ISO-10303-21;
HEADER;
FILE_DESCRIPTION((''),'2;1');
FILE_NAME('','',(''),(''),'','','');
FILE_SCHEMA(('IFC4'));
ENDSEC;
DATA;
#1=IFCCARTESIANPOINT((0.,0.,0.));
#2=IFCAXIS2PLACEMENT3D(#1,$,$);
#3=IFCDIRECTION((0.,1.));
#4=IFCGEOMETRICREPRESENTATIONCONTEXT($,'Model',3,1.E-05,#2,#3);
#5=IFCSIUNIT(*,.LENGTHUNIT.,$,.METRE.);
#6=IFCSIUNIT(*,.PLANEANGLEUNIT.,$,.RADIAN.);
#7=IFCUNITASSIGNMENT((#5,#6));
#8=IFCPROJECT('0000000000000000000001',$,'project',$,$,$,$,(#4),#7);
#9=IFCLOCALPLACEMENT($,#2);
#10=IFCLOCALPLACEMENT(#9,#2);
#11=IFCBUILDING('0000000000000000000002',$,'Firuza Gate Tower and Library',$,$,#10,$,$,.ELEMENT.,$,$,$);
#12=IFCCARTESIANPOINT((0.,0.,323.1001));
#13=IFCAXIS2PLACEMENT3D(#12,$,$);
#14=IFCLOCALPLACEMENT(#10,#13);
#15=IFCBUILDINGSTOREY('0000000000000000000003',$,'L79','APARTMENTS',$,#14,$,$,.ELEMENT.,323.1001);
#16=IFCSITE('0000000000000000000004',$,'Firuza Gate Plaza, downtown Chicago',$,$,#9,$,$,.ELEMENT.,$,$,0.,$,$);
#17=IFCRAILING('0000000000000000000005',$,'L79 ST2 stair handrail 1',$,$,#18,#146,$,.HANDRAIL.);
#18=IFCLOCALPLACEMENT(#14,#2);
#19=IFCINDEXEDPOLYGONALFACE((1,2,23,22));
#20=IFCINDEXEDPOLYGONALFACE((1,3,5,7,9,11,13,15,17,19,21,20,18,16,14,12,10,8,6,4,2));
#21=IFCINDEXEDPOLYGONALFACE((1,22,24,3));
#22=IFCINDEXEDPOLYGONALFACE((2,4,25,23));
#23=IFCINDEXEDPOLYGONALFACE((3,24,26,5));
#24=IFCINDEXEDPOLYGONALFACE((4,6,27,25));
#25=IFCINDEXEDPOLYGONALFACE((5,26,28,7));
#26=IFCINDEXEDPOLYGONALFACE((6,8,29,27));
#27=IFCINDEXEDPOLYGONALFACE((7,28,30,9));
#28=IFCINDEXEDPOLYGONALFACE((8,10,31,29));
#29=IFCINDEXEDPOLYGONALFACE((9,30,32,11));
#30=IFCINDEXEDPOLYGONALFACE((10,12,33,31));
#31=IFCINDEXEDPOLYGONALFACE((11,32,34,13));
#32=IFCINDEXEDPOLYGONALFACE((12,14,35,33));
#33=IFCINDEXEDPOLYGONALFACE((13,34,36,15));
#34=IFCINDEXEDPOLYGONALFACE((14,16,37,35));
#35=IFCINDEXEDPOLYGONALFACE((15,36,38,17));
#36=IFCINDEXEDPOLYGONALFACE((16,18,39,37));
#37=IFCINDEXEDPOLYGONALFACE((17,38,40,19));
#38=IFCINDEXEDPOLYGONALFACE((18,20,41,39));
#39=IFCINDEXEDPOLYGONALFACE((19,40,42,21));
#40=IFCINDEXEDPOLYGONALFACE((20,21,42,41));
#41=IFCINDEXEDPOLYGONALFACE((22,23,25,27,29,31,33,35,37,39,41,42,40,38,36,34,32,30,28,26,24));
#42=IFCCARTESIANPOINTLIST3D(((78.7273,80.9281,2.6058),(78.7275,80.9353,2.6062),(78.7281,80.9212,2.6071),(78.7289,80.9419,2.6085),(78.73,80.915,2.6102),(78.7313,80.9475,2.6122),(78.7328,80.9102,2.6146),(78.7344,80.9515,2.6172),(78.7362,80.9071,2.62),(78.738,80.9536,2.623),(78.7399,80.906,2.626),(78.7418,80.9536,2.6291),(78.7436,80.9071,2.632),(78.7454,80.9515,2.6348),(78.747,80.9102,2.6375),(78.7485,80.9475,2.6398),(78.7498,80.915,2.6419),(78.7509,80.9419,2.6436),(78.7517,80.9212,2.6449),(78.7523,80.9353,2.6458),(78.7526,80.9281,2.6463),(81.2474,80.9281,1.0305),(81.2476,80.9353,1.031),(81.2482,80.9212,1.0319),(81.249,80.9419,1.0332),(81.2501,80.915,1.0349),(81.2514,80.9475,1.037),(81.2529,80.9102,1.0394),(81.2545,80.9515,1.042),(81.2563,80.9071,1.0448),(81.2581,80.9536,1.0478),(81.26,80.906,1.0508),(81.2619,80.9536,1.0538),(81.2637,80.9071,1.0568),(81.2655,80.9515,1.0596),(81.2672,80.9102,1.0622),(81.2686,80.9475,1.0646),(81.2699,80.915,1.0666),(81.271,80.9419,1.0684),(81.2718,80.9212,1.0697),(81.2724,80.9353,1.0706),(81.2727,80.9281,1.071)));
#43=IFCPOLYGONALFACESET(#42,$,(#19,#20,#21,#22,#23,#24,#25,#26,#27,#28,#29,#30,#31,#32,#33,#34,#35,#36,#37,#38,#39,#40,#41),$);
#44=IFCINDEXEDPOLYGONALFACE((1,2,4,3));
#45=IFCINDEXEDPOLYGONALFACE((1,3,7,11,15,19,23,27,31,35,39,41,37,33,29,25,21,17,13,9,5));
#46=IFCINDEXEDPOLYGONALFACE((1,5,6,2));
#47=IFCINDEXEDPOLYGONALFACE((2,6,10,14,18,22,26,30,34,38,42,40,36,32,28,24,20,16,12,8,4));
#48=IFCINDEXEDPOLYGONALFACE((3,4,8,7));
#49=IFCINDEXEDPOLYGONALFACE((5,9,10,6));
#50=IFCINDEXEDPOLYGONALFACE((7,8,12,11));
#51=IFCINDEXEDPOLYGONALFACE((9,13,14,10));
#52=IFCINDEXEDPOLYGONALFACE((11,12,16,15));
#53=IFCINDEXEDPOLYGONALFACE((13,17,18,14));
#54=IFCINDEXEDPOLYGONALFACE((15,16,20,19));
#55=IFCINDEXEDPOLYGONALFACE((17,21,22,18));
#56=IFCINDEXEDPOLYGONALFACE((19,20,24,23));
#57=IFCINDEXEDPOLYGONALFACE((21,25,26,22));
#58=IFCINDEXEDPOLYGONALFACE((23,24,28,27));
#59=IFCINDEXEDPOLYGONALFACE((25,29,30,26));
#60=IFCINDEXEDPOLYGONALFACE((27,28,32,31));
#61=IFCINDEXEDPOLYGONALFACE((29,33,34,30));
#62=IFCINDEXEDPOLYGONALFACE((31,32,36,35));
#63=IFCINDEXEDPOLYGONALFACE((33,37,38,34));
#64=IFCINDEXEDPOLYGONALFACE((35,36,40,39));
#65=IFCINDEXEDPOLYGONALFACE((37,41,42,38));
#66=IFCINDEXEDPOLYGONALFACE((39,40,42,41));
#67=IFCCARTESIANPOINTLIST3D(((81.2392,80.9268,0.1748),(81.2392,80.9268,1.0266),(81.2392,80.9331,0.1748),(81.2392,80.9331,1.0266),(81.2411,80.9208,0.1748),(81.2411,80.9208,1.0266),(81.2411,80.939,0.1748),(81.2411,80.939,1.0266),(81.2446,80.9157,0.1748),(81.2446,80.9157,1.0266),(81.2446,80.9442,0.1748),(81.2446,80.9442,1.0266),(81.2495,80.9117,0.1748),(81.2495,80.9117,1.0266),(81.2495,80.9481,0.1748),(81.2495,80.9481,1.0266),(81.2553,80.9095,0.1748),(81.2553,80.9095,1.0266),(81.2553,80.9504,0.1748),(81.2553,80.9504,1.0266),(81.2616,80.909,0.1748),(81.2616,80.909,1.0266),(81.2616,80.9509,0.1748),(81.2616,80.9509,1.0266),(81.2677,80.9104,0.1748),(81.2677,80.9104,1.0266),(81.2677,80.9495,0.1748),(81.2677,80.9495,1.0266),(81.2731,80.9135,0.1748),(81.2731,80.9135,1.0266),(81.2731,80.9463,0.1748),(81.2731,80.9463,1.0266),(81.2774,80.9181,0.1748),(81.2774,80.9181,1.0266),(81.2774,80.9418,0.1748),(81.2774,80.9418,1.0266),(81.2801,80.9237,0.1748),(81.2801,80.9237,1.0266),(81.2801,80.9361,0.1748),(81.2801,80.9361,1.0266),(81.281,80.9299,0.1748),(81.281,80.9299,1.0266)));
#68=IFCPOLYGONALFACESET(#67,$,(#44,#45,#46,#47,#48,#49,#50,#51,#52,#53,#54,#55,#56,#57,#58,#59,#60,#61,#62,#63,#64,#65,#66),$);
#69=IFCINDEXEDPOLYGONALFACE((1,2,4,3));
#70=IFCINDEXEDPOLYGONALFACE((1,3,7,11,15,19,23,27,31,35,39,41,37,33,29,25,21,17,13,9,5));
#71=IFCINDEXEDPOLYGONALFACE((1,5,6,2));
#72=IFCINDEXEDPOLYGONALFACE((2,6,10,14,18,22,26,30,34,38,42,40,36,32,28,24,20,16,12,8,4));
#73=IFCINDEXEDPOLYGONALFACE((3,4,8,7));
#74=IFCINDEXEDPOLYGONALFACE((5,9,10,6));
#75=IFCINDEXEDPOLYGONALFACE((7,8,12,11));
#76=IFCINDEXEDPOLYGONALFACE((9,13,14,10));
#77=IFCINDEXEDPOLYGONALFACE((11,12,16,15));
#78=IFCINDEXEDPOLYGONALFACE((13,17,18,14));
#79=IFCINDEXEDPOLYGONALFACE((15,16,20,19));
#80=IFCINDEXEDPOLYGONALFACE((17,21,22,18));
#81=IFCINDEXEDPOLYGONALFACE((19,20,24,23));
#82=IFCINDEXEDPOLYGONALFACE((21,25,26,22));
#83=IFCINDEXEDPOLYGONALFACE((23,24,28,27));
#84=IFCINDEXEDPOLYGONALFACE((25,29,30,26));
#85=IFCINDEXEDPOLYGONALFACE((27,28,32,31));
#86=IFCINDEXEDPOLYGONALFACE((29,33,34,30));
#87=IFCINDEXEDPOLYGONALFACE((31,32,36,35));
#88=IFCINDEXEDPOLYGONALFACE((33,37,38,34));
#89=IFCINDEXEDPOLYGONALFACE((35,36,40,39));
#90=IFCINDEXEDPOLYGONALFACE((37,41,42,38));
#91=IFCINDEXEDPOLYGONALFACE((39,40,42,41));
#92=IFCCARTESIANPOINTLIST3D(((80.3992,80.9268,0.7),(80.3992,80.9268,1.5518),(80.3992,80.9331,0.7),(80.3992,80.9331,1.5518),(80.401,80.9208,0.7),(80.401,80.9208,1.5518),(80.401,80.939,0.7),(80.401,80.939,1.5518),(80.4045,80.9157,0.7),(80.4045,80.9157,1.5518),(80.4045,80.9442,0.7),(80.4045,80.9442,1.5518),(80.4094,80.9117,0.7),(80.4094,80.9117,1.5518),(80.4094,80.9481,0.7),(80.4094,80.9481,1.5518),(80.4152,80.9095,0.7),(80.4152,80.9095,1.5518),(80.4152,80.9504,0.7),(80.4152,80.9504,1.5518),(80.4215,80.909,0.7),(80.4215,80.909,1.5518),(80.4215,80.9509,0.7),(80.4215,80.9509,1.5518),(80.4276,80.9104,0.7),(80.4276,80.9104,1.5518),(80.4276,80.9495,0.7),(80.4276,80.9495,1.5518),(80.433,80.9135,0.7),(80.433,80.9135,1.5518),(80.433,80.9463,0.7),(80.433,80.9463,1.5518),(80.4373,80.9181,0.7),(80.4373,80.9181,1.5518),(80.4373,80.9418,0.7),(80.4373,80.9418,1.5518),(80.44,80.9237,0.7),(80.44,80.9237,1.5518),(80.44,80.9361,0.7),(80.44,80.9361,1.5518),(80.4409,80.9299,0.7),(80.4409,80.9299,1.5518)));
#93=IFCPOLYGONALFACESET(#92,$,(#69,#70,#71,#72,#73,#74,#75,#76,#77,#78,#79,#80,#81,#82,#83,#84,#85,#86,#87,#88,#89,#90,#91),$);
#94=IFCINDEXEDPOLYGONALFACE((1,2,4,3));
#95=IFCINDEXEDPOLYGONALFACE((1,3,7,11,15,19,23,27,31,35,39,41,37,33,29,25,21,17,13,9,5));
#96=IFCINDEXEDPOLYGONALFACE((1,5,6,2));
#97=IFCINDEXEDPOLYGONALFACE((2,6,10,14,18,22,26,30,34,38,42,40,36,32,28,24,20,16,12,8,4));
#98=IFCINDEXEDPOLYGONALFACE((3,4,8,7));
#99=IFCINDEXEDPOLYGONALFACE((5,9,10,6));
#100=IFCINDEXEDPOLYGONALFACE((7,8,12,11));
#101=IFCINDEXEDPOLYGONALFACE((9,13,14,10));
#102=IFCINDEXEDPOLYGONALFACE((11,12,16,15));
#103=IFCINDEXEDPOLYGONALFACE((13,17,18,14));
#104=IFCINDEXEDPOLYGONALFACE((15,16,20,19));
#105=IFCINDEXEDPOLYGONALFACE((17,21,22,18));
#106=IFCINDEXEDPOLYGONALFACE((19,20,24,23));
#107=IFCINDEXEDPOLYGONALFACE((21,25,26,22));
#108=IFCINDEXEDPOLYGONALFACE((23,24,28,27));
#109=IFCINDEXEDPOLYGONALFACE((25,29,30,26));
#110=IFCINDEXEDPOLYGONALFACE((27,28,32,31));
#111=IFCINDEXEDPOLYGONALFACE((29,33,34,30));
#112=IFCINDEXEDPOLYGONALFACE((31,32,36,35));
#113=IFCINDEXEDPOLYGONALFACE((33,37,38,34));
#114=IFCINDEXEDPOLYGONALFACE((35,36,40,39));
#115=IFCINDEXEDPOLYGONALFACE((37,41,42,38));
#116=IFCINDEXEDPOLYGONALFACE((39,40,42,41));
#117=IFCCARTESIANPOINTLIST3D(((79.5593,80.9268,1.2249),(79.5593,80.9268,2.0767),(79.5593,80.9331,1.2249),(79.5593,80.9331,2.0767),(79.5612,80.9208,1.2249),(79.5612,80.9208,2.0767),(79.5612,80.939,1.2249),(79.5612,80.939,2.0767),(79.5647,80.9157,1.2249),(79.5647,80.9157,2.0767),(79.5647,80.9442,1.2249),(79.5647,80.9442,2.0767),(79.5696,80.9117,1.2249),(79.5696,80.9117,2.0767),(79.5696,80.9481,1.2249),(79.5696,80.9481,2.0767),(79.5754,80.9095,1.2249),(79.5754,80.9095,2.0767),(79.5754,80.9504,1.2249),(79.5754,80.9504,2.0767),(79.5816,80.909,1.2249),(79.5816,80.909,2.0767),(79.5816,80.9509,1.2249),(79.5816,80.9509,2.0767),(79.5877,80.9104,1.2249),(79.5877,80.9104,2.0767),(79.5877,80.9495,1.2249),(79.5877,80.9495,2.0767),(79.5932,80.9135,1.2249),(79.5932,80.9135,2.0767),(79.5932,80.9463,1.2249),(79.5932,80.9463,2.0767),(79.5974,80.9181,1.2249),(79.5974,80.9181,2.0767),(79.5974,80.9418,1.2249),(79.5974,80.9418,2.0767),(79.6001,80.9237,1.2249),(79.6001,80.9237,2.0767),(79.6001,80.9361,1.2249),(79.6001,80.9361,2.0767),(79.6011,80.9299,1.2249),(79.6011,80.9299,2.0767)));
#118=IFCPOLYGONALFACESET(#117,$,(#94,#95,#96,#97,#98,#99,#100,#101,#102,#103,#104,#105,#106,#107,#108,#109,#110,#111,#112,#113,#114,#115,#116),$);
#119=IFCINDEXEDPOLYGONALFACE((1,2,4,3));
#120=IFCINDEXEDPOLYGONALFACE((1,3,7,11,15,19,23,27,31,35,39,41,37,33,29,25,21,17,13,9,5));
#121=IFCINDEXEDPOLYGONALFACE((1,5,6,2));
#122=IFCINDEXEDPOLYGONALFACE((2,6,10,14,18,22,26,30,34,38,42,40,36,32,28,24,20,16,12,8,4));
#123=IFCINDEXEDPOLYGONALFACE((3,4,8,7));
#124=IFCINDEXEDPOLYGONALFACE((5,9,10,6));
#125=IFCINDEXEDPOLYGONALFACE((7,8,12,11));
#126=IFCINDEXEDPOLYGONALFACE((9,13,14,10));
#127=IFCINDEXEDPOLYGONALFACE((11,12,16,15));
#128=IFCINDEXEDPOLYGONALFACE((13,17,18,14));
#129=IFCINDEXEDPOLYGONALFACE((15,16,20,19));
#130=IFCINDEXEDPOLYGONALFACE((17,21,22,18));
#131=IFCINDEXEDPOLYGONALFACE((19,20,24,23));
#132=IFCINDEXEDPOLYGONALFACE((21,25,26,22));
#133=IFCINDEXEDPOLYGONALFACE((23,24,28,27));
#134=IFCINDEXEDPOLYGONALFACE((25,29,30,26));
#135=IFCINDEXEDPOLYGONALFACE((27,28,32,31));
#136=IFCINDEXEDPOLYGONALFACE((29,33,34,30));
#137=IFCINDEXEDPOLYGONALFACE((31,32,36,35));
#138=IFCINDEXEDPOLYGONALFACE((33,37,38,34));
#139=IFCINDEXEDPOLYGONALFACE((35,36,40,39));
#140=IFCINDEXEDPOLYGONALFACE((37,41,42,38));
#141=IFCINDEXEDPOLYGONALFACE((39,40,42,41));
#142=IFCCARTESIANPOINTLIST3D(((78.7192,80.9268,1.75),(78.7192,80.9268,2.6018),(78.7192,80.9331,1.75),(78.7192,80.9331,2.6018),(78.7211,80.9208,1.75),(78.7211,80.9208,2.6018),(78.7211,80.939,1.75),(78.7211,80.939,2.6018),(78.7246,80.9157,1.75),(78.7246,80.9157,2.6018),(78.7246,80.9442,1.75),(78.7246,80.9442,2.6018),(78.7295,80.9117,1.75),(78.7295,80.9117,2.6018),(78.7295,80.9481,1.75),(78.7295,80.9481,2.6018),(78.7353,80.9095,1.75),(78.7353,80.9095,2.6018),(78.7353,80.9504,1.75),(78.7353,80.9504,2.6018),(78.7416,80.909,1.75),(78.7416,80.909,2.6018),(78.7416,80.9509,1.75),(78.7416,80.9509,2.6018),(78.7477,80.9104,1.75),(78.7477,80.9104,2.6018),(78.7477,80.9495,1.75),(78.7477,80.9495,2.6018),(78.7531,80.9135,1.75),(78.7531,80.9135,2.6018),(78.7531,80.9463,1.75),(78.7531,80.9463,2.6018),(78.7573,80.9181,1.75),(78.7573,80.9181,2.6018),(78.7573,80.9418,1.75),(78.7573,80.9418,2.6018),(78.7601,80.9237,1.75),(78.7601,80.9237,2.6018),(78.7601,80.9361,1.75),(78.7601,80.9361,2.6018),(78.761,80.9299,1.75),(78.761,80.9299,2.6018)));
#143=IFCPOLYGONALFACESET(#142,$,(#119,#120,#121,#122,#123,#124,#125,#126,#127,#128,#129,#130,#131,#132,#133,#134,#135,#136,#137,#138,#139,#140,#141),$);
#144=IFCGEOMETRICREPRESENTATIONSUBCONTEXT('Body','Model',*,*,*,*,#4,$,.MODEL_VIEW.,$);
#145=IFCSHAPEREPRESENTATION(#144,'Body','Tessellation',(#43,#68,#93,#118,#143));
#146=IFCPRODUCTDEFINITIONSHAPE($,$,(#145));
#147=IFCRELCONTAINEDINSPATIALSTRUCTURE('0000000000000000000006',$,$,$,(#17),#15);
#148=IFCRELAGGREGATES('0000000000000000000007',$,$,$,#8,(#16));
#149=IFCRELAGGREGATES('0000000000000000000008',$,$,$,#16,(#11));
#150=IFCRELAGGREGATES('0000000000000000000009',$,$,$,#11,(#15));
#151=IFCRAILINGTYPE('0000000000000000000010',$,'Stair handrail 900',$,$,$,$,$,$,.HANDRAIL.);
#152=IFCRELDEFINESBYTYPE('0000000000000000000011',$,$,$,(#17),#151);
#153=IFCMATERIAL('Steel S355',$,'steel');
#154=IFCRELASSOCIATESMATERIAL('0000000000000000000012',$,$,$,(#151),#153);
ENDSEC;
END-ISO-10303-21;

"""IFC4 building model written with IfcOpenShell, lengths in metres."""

from ifc_helpers import new_model, si_unit, direction, frame, origin, origin_2d, place, context, subcontext, project, spatial, circle, extrude, material, type_object, element, save


model = new_model("IFC4")

# Units and contexts
model_context = context("Model", 3, precision=1e-05, world=origin(), true_north=direction((0.0, 1.0)))
body_context = subcontext(model_context, "Body", "Model", "MODEL_VIEW")
ifc_project = project(units=[si_unit("LENGTHUNIT", "METRE"), si_unit("PLANEANGLEUNIT", "RADIAN")], contexts=[model_context])

# Site, building, storey
site_placement = place(None, origin())
site = spatial("IfcSite", under=ifc_project, at=site_placement, Name="Firuza Gate Plaza, downtown Chicago", CompositionType="ELEMENT", RefElevation=0.0)
building_placement = place(site_placement, origin())
building = spatial("IfcBuilding", under=site, at=building_placement, Name="Firuza Gate Tower and Library", CompositionType="ELEMENT")
storey_placement = place(building_placement, frame((0.0, 0.0, 323.1001)))
storey = spatial("IfcBuildingStorey", under=building, at=storey_placement, Name="L79", Description="APARTMENTS", CompositionType="ELEMENT", Elevation=323.1001)

# Railing
ifc_material_1 = material(Name="Steel S355", Category="steel")
railing_type_1 = type_object("IfcRailingType", Name="Stair handrail 900", PredefinedType="HANDRAIL", material=ifc_material_1)
railing_1_placement = place(storey_placement, frame((81.26, 80.9299, 0.1748)))
element("IfcRailing", 1, at=railing_1_placement, inside=storey, type_object=railing_type_1, Name="L79 ST2 stair handrail 1", PredefinedType="HANDRAIL", context=body_context, shape_type="SweptSolid", body=[
    extrude(circle(Radius=0.0239, at=origin_2d()), frame((0.0, 0.0, 0.876), z_axis=(-0.847971, 0.0, 0.530043), x_axis=(0.0, -1.0, 0.0)), (0.0, 0.0, 1.0), 2.9719),
    extrude(circle(Radius=0.021, at=origin_2d()), origin(), (0.0, 0.0, 1.0), 0.8518),
    extrude(circle(Radius=0.021, at=origin_2d()), frame((-0.8401, 0.0, 0.5251)), (0.0, 0.0, 1.0), 0.8518),
    extrude(circle(Radius=0.021, at=origin_2d()), frame((-1.6799, 0.0, 1.05)), (0.0, 0.0, 1.0), 0.8518),
    extrude(circle(Radius=0.021, at=origin_2d()), frame((-2.52, 0.0, 1.5752)), (0.0, 0.0, 1.0), 0.8518),
])

save(model, "model.ifc")
